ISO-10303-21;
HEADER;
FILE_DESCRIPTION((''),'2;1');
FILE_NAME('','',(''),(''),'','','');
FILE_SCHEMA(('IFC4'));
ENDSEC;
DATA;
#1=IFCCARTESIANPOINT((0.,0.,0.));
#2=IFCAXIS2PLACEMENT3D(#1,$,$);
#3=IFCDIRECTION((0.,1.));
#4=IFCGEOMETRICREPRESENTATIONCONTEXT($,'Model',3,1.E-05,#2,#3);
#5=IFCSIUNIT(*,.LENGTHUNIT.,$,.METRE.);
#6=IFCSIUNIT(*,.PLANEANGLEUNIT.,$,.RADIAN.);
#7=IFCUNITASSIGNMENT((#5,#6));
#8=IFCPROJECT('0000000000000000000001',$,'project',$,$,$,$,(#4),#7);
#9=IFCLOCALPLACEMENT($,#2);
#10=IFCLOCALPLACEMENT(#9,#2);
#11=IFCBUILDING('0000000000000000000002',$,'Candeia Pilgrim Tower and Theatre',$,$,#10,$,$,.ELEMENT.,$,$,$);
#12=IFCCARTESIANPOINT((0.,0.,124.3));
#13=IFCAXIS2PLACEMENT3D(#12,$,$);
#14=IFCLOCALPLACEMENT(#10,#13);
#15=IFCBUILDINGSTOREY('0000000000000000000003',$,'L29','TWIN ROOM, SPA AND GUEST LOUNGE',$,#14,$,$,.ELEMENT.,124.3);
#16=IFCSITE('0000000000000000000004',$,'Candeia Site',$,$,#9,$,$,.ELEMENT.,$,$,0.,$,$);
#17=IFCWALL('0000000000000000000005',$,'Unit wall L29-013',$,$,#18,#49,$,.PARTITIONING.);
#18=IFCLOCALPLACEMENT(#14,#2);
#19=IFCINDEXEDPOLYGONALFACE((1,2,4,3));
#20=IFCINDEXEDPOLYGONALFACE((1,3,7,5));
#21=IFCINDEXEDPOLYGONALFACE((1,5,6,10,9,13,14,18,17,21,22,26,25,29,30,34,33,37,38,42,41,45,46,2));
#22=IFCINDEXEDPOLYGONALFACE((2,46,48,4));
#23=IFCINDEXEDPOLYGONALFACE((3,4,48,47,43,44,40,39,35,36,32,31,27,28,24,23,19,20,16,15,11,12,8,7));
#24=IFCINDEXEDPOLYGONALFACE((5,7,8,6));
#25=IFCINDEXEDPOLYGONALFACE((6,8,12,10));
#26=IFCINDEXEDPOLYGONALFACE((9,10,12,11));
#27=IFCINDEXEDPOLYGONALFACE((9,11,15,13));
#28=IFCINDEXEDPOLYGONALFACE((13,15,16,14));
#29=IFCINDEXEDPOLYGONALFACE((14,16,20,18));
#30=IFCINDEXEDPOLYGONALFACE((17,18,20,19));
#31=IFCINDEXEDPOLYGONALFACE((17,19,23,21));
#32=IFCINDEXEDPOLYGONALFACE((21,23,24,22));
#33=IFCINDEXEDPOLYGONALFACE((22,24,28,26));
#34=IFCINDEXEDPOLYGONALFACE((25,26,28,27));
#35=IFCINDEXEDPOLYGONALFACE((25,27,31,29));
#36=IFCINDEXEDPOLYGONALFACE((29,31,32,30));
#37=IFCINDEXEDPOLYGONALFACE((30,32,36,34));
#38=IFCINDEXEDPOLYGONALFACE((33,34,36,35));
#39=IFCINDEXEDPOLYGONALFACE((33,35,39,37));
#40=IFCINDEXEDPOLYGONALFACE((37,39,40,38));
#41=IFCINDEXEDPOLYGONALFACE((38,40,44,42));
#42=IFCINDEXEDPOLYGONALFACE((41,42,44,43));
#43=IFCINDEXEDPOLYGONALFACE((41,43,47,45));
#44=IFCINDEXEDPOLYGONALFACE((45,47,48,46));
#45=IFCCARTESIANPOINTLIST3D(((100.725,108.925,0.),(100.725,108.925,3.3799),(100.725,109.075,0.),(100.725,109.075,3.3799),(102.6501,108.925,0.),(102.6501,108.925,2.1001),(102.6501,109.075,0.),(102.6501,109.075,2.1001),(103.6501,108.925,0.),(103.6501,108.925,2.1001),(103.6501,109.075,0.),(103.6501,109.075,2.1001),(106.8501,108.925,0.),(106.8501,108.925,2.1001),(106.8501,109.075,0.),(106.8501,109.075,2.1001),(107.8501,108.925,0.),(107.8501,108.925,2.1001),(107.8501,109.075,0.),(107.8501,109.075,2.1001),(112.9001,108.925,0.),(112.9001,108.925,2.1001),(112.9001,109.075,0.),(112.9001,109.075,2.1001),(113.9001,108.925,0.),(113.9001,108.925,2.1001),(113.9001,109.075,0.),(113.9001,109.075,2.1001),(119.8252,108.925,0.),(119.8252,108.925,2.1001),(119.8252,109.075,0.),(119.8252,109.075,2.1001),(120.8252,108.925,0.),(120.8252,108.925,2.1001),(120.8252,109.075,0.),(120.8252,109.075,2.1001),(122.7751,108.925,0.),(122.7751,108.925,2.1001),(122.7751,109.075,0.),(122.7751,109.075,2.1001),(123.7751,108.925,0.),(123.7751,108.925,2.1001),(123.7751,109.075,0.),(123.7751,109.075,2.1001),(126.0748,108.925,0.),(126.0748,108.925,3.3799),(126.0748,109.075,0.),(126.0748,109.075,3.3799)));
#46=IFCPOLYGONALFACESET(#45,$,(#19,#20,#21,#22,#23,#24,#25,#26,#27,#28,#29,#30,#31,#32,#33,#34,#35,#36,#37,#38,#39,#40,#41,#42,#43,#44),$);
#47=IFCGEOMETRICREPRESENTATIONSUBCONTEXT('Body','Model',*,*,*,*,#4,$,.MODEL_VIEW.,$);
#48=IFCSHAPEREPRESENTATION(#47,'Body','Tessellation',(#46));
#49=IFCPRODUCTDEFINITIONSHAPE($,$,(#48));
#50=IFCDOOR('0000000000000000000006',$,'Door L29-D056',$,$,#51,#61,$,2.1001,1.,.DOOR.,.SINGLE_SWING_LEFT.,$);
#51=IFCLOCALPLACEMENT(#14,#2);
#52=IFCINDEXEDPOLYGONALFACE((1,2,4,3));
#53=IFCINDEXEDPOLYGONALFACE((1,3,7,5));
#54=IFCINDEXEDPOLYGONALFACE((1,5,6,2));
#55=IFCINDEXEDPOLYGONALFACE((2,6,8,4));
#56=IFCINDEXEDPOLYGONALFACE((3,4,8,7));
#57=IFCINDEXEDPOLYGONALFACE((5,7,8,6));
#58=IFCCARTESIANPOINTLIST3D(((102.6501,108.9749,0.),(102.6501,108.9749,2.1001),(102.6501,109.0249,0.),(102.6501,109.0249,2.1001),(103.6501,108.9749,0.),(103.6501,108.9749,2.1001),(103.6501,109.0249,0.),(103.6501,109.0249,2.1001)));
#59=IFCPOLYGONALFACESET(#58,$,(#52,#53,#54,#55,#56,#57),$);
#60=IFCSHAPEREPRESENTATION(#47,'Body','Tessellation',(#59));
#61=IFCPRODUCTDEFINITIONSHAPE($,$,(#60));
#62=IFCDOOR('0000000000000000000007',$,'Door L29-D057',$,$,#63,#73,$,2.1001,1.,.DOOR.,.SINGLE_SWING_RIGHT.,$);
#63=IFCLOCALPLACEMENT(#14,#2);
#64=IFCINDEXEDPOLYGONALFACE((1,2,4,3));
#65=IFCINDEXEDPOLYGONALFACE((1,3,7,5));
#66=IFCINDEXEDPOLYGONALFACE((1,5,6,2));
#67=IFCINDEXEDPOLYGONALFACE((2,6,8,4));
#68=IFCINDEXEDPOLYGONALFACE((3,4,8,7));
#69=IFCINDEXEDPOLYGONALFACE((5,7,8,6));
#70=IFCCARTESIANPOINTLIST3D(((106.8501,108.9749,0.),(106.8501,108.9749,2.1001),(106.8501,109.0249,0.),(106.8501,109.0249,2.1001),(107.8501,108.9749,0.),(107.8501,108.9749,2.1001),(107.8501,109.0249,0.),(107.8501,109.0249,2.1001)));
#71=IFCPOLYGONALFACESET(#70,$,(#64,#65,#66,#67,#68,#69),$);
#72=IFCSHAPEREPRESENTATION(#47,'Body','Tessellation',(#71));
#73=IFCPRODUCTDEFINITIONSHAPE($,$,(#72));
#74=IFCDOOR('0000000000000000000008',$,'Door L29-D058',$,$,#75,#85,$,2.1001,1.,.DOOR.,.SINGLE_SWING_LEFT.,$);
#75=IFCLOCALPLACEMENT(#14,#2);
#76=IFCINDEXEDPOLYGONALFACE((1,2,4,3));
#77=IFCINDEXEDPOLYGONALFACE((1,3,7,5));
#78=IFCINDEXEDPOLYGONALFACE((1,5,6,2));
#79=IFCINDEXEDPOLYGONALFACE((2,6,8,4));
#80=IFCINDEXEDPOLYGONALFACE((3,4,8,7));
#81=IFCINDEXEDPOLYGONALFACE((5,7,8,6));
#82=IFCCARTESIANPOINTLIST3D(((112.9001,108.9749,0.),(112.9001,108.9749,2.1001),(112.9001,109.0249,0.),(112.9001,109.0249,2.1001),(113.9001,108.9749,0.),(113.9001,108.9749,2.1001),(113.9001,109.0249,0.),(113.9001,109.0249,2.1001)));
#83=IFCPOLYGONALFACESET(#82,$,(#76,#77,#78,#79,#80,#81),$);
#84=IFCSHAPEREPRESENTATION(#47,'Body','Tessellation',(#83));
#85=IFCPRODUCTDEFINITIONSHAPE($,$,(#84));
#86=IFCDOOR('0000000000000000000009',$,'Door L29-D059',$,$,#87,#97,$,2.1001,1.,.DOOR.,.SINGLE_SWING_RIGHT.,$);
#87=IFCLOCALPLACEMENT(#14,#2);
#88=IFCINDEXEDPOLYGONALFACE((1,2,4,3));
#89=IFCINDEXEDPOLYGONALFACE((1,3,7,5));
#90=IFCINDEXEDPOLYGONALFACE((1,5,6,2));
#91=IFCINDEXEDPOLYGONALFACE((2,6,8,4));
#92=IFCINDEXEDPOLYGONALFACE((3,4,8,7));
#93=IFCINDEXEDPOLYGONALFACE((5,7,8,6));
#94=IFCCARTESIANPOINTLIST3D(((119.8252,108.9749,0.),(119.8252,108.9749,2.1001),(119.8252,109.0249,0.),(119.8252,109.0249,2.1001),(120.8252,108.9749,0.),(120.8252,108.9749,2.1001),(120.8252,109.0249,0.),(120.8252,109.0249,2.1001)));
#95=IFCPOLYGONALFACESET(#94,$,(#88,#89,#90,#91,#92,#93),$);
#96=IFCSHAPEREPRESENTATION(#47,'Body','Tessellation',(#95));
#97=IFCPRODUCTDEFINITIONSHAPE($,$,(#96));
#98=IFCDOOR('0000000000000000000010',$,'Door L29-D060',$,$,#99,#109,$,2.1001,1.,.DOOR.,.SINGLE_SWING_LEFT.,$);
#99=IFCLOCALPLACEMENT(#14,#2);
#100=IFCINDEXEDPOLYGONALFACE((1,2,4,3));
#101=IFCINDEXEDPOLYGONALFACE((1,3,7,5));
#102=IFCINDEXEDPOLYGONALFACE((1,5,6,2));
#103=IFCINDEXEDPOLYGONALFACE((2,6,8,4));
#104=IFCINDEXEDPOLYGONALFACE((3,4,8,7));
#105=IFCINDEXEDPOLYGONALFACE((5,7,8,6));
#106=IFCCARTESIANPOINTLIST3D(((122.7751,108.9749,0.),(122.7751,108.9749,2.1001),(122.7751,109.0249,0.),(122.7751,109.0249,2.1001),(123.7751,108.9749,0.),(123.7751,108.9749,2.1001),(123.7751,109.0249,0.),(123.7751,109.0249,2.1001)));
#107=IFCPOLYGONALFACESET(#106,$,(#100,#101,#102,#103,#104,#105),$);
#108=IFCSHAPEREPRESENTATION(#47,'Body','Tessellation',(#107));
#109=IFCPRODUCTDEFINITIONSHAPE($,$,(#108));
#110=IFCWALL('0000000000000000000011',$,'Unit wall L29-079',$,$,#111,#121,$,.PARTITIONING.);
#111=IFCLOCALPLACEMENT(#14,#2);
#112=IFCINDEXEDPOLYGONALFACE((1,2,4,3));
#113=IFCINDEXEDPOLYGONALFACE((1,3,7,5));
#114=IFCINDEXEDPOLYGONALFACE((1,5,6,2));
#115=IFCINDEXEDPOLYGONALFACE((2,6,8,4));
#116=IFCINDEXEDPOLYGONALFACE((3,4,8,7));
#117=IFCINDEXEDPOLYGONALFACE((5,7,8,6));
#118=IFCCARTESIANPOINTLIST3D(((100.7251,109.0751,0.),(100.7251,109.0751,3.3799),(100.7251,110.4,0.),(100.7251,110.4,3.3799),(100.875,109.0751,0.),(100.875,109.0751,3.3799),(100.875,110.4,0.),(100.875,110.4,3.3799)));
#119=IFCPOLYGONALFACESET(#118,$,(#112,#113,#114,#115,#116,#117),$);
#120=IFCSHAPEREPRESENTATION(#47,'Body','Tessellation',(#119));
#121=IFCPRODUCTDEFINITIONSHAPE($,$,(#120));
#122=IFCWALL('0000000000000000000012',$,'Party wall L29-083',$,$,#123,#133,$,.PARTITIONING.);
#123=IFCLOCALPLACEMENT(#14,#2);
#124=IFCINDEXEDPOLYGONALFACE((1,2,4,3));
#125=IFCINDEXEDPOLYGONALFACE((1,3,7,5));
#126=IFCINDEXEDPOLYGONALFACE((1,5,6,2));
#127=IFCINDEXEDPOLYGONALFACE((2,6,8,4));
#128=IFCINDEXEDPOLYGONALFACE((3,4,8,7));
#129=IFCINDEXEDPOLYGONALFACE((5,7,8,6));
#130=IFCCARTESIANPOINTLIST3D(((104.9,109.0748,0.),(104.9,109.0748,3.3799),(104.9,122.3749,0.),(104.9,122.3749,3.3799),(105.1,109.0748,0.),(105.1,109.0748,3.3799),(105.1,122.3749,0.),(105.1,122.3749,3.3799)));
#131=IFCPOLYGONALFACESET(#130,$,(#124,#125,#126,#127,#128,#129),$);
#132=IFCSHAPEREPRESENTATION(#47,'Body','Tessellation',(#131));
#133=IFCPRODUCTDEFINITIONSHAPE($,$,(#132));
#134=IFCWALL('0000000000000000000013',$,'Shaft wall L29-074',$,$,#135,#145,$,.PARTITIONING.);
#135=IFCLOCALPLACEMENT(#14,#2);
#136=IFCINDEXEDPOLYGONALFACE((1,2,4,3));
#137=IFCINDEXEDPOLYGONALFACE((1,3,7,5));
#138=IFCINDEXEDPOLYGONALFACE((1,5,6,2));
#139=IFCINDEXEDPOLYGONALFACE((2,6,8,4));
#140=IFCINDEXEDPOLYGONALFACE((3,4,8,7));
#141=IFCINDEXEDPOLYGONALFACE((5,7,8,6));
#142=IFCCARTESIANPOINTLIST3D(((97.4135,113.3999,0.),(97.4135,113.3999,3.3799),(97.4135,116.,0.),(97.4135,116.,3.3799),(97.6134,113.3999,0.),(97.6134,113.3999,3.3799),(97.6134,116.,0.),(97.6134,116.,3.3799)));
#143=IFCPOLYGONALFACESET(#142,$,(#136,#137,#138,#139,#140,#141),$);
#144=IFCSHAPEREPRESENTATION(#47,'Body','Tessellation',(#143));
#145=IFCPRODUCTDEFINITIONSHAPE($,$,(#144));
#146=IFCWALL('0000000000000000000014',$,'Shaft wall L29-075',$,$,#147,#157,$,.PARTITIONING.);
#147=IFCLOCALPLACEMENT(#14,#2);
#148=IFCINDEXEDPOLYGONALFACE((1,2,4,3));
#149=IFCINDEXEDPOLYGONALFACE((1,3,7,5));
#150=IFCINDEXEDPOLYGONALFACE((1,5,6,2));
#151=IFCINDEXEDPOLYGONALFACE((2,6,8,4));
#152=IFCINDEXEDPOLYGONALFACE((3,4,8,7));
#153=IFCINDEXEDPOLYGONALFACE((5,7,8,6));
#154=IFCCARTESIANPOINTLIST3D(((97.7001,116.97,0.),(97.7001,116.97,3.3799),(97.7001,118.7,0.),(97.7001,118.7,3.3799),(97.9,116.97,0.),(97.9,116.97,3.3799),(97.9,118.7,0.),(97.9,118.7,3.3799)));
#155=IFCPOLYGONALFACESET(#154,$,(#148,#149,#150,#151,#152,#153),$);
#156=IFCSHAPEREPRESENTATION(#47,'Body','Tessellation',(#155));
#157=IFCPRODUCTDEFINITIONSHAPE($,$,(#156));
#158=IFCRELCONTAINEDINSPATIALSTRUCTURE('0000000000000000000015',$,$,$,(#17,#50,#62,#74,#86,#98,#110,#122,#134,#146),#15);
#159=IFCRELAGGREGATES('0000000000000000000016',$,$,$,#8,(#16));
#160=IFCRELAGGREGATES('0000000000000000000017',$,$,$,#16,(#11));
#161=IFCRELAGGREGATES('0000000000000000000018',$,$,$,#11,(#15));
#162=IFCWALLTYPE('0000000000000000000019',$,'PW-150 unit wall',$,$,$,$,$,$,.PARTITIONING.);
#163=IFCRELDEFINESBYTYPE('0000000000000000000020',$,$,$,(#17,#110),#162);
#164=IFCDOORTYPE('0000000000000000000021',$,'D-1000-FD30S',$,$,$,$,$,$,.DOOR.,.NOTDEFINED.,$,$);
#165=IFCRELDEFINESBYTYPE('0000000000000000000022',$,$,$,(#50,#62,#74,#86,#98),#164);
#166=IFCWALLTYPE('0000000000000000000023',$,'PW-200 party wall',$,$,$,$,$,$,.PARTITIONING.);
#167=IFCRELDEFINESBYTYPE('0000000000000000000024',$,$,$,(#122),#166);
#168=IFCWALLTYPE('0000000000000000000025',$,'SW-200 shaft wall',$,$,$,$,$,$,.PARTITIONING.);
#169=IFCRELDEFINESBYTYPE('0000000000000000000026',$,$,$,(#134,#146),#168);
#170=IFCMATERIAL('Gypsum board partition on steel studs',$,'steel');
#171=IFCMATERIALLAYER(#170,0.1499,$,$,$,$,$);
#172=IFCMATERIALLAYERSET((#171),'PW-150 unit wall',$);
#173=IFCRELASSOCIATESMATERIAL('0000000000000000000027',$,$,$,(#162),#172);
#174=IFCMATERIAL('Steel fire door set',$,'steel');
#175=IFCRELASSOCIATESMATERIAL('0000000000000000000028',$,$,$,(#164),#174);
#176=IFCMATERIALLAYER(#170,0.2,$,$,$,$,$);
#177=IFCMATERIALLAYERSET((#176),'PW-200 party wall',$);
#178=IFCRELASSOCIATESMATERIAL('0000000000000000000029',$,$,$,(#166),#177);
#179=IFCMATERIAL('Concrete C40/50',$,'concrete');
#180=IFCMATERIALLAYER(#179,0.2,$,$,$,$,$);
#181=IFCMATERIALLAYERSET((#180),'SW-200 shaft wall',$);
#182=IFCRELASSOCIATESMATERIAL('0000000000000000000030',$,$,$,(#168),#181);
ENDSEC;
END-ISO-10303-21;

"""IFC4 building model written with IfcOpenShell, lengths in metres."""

from ifc_helpers import new_model, si_unit, direction, frame, frame_2d, origin, place, context, subcontext, project, spatial, rectangle, extrude, material, layer, layer_set, type_object, element, fill, save


model = new_model("IFC4")

# Units and contexts
model_context = context("Model", 3, precision=1e-05, world=origin(), true_north=direction((0.0, 1.0)))
body_context = subcontext(model_context, "Body", "Model", "MODEL_VIEW")
ifc_project = project(units=[si_unit("LENGTHUNIT", "METRE"), si_unit("PLANEANGLEUNIT", "RADIAN")], contexts=[model_context])

# Site, building, storey
site_placement = place(None, origin())
site = spatial("IfcSite", under=ifc_project, at=site_placement, Name="Candeia Site", CompositionType="ELEMENT", RefElevation=0.0)
building_placement = place(site_placement, origin())
building = spatial("IfcBuilding", under=site, at=building_placement, Name="Candeia Pilgrim Tower and Theatre", CompositionType="ELEMENT")
storey_placement = place(building_placement, frame((0.0, 0.0, 124.3)))
storey = spatial("IfcBuildingStorey", under=building, at=storey_placement, Name="L29", Description="TWIN ROOM, SPA AND GUEST LOUNGE", CompositionType="ELEMENT", Elevation=124.3)

# Shared definitions
ifc_material_1 = material(Name="Steel fire door set", Category="steel")

# Shared definitions
ifc_material_2 = material(Name="Gypsum board partition on steel studs", Category="steel")

# Wall, openings, doors
ifc_layer_1 = layer(ifc_material_2, 0.1499)
ifc_layer_set_1 = layer_set([ifc_layer_1], Name="PW-150 unit wall")
wall_type_1 = type_object("IfcWallType", Name="PW-150 unit wall", PredefinedType="PARTITIONING", material=ifc_layer_set_1)
wall_1_placement = place(storey_placement, frame((100.7251, 109.0, 0.0), z_axis=(0.0, 0.0, 1.0), x_axis=(1.0, 0.0, 0.0)))
wall_1 = element("IfcWall", 1, at=wall_1_placement, inside=storey, type_object=wall_type_1, Name="Unit wall L29-013", PredefinedType="PARTITIONING", context=body_context, shape_type="SweptSolid", body=[
    extrude(rectangle(XDim=25.3499, YDim=0.1499, at=frame_2d((12.6748, 0.0))), origin(), (0.0, 0.0, 1.0), 3.3799),
])
opening_1_placement = place(wall_1_placement, frame((1.925, 0.0, 0.0)))
opening_1 = element("IfcOpeningElement", 2, at=opening_1_placement, cuts=wall_1, PredefinedType="OPENING", context=body_context, shape_type="SweptSolid", body=[
    extrude(rectangle(XDim=1.0, YDim=2.1001, at=frame_2d((0.5, 1.05))), frame((0.0, 0.085, 0.0), z_axis=(0.0, -1.0, 0.0), x_axis=(1.0, 0.0, 0.0)), (0.0, 0.0, 1.0), 0.1699),
])
opening_2_placement = place(wall_1_placement, frame((6.125, 0.0, 0.0)))
opening_2 = element("IfcOpeningElement", 3, at=opening_2_placement, cuts=wall_1, PredefinedType="OPENING", context=body_context, shape_type="SweptSolid", body=[
    extrude(rectangle(XDim=1.0, YDim=2.1001, at=frame_2d((0.5, 1.05))), frame((0.0, 0.085, 0.0), z_axis=(0.0, -1.0, 0.0), x_axis=(1.0, 0.0, 0.0)), (0.0, 0.0, 1.0), 0.1699),
])
opening_3_placement = place(wall_1_placement, frame((12.175, 0.0, 0.0)))
opening_3 = element("IfcOpeningElement", 4, at=opening_3_placement, cuts=wall_1, PredefinedType="OPENING", context=body_context, shape_type="SweptSolid", body=[
    extrude(rectangle(XDim=1.0, YDim=2.1001, at=frame_2d((0.5, 1.05))), frame((0.0, 0.085, 0.0), z_axis=(0.0, -1.0, 0.0), x_axis=(1.0, 0.0, 0.0)), (0.0, 0.0, 1.0), 0.1699),
])
opening_4_placement = place(wall_1_placement, frame((19.1001, 0.0, 0.0)))
opening_4 = element("IfcOpeningElement", 5, at=opening_4_placement, cuts=wall_1, PredefinedType="OPENING", context=body_context, shape_type="SweptSolid", body=[
    extrude(rectangle(XDim=1.0, YDim=2.1001, at=frame_2d((0.5, 1.05))), frame((0.0, 0.085, 0.0), z_axis=(0.0, -1.0, 0.0), x_axis=(1.0, 0.0, 0.0)), (0.0, 0.0, 1.0), 0.1699),
])
opening_5_placement = place(wall_1_placement, frame((22.05, 0.0, 0.0)))
opening_5 = element("IfcOpeningElement", 6, at=opening_5_placement, cuts=wall_1, PredefinedType="OPENING", context=body_context, shape_type="SweptSolid", body=[
    extrude(rectangle(XDim=1.0, YDim=2.1001, at=frame_2d((0.5, 1.05))), frame((0.0, 0.085, 0.0), z_axis=(0.0, -1.0, 0.0), x_axis=(1.0, 0.0, 0.0)), (0.0, 0.0, 1.0), 0.1699),
])
door_type_1 = type_object("IfcDoorType", Name="D-1000-FD30S", OperationType="NOTDEFINED", PredefinedType="DOOR", material=ifc_material_1)
door_1_placement = place(opening_1_placement, origin())
door_1 = element("IfcDoor", 7, at=door_1_placement, inside=storey, type_object=door_type_1, Name="Door L29-D056", OperationType="SINGLE_SWING_LEFT", OverallHeight=2.1001, OverallWidth=1.0, PredefinedType="DOOR", context=body_context, shape_type="SweptSolid", body=[
    extrude(rectangle(XDim=1.0, YDim=2.1001, at=frame_2d((0.5, 1.05))), frame((0.0, 0.0249, 0.0), z_axis=(0.0, -1.0, 0.0), x_axis=(1.0, 0.0, 0.0)), (0.0, 0.0, 1.0), 0.05),
])
fill(opening_1, door_1)
door_2_placement = place(opening_2_placement, origin())
door_2 = element("IfcDoor", 8, at=door_2_placement, inside=storey, type_object=door_type_1, Name="Door L29-D057", OperationType="SINGLE_SWING_RIGHT", OverallHeight=2.1001, OverallWidth=1.0, PredefinedType="DOOR", context=body_context, shape_type="SweptSolid", body=[
    extrude(rectangle(XDim=1.0, YDim=2.1001, at=frame_2d((0.5, 1.05))), frame((0.0, 0.0249, 0.0), z_axis=(0.0, -1.0, 0.0), x_axis=(1.0, 0.0, 0.0)), (0.0, 0.0, 1.0), 0.05),
])
fill(opening_2, door_2)
door_3_placement = place(opening_3_placement, origin())
door_3 = element("IfcDoor", 9, at=door_3_placement, inside=storey, type_object=door_type_1, Name="Door L29-D058", OperationType="SINGLE_SWING_LEFT", OverallHeight=2.1001, OverallWidth=1.0, PredefinedType="DOOR", context=body_context, shape_type="SweptSolid", body=[
    extrude(rectangle(XDim=1.0, YDim=2.1001, at=frame_2d((0.5, 1.05))), frame((0.0, 0.0249, 0.0), z_axis=(0.0, -1.0, 0.0), x_axis=(1.0, 0.0, 0.0)), (0.0, 0.0, 1.0), 0.05),
])
fill(opening_3, door_3)
door_4_placement = place(opening_4_placement, origin())
door_4 = element("IfcDoor", 10, at=door_4_placement, inside=storey, type_object=door_type_1, Name="Door L29-D059", OperationType="SINGLE_SWING_RIGHT", OverallHeight=2.1001, OverallWidth=1.0, PredefinedType="DOOR", context=body_context, shape_type="SweptSolid", body=[
    extrude(rectangle(XDim=1.0, YDim=2.1001, at=frame_2d((0.5, 1.05))), frame((0.0, 0.0249, 0.0), z_axis=(0.0, -1.0, 0.0), x_axis=(1.0, 0.0, 0.0)), (0.0, 0.0, 1.0), 0.05),
])
fill(opening_4, door_4)
door_5_placement = place(opening_5_placement, origin())
door_5 = element("IfcDoor", 11, at=door_5_placement, inside=storey, type_object=door_type_1, Name="Door L29-D060", OperationType="SINGLE_SWING_LEFT", OverallHeight=2.1001, OverallWidth=1.0, PredefinedType="DOOR", context=body_context, shape_type="SweptSolid", body=[
    extrude(rectangle(XDim=1.0, YDim=2.1001, at=frame_2d((0.5, 1.05))), frame((0.0, 0.0249, 0.0), z_axis=(0.0, -1.0, 0.0), x_axis=(1.0, 0.0, 0.0)), (0.0, 0.0, 1.0), 0.05),
])
fill(opening_5, door_5)

# Walls
wall_2_placement = place(storey_placement, frame((100.8, 109.075, 0.0), z_axis=(0.0, 0.0, 1.0), x_axis=(0.0, 1.0, 0.0)))
element("IfcWall", 12, at=wall_2_placement, inside=storey, type_object=wall_type_1, Name="Unit wall L29-079", PredefinedType="PARTITIONING", context=body_context, shape_type="SweptSolid", body=[
    extrude(rectangle(XDim=1.325, YDim=0.1499, at=frame_2d((0.6626, 0.0))), origin(), (0.0, 0.0, 1.0), 3.3799),
])
ifc_layer_2 = layer(ifc_material_2, 0.2)
ifc_layer_set_2 = layer_set([ifc_layer_2], Name="PW-200 party wall")
wall_type_2 = type_object("IfcWallType", Name="PW-200 party wall", PredefinedType="PARTITIONING", material=ifc_layer_set_2)
wall_3_placement = place(storey_placement, frame((105.0, 109.075, 0.0), z_axis=(0.0, 0.0, 1.0), x_axis=(0.0, 1.0, 0.0)))
element("IfcWall", 13, at=wall_3_placement, inside=storey, type_object=wall_type_2, Name="Party wall L29-083", PredefinedType="PARTITIONING", context=body_context, shape_type="SweptSolid", body=[
    extrude(rectangle(XDim=13.3, YDim=0.2, at=frame_2d((6.6499, 0.0))), origin(), (0.0, 0.0, 1.0), 3.3799),
])
ifc_material_3 = material(Name="Concrete C40/50", Category="concrete")
ifc_layer_3 = layer(ifc_material_3, 0.2)
ifc_layer_set_3 = layer_set([ifc_layer_3], Name="SW-200 shaft wall")
wall_type_3 = type_object("IfcWallType", Name="SW-200 shaft wall", PredefinedType="PARTITIONING", material=ifc_layer_set_3)
wall_4_placement = place(storey_placement, frame((97.5134, 113.3999, 0.0), z_axis=(0.0, 0.0, 1.0), x_axis=(0.0, 1.0, 0.0)))
element("IfcWall", 14, at=wall_4_placement, inside=storey, type_object=wall_type_3, Name="Shaft wall L29-074", PredefinedType="PARTITIONING", context=body_context, shape_type="SweptSolid", body=[
    extrude(rectangle(XDim=2.6001, YDim=0.2, at=frame_2d((1.3, 0.0))), origin(), (0.0, 0.0, 1.0), 3.3799),
])
wall_5_placement = place(storey_placement, frame((97.8, 116.97, 0.0), z_axis=(0.0, 0.0, 1.0), x_axis=(0.0, 1.0, 0.0)))
element("IfcWall", 15, at=wall_5_placement, inside=storey, type_object=wall_type_3, Name="Shaft wall L29-075", PredefinedType="PARTITIONING", context=body_context, shape_type="SweptSolid", body=[
    extrude(rectangle(XDim=1.73, YDim=0.2, at=frame_2d((0.865, 0.0))), origin(), (0.0, 0.0, 1.0), 3.3799),
])

save(model, "model.ifc")
